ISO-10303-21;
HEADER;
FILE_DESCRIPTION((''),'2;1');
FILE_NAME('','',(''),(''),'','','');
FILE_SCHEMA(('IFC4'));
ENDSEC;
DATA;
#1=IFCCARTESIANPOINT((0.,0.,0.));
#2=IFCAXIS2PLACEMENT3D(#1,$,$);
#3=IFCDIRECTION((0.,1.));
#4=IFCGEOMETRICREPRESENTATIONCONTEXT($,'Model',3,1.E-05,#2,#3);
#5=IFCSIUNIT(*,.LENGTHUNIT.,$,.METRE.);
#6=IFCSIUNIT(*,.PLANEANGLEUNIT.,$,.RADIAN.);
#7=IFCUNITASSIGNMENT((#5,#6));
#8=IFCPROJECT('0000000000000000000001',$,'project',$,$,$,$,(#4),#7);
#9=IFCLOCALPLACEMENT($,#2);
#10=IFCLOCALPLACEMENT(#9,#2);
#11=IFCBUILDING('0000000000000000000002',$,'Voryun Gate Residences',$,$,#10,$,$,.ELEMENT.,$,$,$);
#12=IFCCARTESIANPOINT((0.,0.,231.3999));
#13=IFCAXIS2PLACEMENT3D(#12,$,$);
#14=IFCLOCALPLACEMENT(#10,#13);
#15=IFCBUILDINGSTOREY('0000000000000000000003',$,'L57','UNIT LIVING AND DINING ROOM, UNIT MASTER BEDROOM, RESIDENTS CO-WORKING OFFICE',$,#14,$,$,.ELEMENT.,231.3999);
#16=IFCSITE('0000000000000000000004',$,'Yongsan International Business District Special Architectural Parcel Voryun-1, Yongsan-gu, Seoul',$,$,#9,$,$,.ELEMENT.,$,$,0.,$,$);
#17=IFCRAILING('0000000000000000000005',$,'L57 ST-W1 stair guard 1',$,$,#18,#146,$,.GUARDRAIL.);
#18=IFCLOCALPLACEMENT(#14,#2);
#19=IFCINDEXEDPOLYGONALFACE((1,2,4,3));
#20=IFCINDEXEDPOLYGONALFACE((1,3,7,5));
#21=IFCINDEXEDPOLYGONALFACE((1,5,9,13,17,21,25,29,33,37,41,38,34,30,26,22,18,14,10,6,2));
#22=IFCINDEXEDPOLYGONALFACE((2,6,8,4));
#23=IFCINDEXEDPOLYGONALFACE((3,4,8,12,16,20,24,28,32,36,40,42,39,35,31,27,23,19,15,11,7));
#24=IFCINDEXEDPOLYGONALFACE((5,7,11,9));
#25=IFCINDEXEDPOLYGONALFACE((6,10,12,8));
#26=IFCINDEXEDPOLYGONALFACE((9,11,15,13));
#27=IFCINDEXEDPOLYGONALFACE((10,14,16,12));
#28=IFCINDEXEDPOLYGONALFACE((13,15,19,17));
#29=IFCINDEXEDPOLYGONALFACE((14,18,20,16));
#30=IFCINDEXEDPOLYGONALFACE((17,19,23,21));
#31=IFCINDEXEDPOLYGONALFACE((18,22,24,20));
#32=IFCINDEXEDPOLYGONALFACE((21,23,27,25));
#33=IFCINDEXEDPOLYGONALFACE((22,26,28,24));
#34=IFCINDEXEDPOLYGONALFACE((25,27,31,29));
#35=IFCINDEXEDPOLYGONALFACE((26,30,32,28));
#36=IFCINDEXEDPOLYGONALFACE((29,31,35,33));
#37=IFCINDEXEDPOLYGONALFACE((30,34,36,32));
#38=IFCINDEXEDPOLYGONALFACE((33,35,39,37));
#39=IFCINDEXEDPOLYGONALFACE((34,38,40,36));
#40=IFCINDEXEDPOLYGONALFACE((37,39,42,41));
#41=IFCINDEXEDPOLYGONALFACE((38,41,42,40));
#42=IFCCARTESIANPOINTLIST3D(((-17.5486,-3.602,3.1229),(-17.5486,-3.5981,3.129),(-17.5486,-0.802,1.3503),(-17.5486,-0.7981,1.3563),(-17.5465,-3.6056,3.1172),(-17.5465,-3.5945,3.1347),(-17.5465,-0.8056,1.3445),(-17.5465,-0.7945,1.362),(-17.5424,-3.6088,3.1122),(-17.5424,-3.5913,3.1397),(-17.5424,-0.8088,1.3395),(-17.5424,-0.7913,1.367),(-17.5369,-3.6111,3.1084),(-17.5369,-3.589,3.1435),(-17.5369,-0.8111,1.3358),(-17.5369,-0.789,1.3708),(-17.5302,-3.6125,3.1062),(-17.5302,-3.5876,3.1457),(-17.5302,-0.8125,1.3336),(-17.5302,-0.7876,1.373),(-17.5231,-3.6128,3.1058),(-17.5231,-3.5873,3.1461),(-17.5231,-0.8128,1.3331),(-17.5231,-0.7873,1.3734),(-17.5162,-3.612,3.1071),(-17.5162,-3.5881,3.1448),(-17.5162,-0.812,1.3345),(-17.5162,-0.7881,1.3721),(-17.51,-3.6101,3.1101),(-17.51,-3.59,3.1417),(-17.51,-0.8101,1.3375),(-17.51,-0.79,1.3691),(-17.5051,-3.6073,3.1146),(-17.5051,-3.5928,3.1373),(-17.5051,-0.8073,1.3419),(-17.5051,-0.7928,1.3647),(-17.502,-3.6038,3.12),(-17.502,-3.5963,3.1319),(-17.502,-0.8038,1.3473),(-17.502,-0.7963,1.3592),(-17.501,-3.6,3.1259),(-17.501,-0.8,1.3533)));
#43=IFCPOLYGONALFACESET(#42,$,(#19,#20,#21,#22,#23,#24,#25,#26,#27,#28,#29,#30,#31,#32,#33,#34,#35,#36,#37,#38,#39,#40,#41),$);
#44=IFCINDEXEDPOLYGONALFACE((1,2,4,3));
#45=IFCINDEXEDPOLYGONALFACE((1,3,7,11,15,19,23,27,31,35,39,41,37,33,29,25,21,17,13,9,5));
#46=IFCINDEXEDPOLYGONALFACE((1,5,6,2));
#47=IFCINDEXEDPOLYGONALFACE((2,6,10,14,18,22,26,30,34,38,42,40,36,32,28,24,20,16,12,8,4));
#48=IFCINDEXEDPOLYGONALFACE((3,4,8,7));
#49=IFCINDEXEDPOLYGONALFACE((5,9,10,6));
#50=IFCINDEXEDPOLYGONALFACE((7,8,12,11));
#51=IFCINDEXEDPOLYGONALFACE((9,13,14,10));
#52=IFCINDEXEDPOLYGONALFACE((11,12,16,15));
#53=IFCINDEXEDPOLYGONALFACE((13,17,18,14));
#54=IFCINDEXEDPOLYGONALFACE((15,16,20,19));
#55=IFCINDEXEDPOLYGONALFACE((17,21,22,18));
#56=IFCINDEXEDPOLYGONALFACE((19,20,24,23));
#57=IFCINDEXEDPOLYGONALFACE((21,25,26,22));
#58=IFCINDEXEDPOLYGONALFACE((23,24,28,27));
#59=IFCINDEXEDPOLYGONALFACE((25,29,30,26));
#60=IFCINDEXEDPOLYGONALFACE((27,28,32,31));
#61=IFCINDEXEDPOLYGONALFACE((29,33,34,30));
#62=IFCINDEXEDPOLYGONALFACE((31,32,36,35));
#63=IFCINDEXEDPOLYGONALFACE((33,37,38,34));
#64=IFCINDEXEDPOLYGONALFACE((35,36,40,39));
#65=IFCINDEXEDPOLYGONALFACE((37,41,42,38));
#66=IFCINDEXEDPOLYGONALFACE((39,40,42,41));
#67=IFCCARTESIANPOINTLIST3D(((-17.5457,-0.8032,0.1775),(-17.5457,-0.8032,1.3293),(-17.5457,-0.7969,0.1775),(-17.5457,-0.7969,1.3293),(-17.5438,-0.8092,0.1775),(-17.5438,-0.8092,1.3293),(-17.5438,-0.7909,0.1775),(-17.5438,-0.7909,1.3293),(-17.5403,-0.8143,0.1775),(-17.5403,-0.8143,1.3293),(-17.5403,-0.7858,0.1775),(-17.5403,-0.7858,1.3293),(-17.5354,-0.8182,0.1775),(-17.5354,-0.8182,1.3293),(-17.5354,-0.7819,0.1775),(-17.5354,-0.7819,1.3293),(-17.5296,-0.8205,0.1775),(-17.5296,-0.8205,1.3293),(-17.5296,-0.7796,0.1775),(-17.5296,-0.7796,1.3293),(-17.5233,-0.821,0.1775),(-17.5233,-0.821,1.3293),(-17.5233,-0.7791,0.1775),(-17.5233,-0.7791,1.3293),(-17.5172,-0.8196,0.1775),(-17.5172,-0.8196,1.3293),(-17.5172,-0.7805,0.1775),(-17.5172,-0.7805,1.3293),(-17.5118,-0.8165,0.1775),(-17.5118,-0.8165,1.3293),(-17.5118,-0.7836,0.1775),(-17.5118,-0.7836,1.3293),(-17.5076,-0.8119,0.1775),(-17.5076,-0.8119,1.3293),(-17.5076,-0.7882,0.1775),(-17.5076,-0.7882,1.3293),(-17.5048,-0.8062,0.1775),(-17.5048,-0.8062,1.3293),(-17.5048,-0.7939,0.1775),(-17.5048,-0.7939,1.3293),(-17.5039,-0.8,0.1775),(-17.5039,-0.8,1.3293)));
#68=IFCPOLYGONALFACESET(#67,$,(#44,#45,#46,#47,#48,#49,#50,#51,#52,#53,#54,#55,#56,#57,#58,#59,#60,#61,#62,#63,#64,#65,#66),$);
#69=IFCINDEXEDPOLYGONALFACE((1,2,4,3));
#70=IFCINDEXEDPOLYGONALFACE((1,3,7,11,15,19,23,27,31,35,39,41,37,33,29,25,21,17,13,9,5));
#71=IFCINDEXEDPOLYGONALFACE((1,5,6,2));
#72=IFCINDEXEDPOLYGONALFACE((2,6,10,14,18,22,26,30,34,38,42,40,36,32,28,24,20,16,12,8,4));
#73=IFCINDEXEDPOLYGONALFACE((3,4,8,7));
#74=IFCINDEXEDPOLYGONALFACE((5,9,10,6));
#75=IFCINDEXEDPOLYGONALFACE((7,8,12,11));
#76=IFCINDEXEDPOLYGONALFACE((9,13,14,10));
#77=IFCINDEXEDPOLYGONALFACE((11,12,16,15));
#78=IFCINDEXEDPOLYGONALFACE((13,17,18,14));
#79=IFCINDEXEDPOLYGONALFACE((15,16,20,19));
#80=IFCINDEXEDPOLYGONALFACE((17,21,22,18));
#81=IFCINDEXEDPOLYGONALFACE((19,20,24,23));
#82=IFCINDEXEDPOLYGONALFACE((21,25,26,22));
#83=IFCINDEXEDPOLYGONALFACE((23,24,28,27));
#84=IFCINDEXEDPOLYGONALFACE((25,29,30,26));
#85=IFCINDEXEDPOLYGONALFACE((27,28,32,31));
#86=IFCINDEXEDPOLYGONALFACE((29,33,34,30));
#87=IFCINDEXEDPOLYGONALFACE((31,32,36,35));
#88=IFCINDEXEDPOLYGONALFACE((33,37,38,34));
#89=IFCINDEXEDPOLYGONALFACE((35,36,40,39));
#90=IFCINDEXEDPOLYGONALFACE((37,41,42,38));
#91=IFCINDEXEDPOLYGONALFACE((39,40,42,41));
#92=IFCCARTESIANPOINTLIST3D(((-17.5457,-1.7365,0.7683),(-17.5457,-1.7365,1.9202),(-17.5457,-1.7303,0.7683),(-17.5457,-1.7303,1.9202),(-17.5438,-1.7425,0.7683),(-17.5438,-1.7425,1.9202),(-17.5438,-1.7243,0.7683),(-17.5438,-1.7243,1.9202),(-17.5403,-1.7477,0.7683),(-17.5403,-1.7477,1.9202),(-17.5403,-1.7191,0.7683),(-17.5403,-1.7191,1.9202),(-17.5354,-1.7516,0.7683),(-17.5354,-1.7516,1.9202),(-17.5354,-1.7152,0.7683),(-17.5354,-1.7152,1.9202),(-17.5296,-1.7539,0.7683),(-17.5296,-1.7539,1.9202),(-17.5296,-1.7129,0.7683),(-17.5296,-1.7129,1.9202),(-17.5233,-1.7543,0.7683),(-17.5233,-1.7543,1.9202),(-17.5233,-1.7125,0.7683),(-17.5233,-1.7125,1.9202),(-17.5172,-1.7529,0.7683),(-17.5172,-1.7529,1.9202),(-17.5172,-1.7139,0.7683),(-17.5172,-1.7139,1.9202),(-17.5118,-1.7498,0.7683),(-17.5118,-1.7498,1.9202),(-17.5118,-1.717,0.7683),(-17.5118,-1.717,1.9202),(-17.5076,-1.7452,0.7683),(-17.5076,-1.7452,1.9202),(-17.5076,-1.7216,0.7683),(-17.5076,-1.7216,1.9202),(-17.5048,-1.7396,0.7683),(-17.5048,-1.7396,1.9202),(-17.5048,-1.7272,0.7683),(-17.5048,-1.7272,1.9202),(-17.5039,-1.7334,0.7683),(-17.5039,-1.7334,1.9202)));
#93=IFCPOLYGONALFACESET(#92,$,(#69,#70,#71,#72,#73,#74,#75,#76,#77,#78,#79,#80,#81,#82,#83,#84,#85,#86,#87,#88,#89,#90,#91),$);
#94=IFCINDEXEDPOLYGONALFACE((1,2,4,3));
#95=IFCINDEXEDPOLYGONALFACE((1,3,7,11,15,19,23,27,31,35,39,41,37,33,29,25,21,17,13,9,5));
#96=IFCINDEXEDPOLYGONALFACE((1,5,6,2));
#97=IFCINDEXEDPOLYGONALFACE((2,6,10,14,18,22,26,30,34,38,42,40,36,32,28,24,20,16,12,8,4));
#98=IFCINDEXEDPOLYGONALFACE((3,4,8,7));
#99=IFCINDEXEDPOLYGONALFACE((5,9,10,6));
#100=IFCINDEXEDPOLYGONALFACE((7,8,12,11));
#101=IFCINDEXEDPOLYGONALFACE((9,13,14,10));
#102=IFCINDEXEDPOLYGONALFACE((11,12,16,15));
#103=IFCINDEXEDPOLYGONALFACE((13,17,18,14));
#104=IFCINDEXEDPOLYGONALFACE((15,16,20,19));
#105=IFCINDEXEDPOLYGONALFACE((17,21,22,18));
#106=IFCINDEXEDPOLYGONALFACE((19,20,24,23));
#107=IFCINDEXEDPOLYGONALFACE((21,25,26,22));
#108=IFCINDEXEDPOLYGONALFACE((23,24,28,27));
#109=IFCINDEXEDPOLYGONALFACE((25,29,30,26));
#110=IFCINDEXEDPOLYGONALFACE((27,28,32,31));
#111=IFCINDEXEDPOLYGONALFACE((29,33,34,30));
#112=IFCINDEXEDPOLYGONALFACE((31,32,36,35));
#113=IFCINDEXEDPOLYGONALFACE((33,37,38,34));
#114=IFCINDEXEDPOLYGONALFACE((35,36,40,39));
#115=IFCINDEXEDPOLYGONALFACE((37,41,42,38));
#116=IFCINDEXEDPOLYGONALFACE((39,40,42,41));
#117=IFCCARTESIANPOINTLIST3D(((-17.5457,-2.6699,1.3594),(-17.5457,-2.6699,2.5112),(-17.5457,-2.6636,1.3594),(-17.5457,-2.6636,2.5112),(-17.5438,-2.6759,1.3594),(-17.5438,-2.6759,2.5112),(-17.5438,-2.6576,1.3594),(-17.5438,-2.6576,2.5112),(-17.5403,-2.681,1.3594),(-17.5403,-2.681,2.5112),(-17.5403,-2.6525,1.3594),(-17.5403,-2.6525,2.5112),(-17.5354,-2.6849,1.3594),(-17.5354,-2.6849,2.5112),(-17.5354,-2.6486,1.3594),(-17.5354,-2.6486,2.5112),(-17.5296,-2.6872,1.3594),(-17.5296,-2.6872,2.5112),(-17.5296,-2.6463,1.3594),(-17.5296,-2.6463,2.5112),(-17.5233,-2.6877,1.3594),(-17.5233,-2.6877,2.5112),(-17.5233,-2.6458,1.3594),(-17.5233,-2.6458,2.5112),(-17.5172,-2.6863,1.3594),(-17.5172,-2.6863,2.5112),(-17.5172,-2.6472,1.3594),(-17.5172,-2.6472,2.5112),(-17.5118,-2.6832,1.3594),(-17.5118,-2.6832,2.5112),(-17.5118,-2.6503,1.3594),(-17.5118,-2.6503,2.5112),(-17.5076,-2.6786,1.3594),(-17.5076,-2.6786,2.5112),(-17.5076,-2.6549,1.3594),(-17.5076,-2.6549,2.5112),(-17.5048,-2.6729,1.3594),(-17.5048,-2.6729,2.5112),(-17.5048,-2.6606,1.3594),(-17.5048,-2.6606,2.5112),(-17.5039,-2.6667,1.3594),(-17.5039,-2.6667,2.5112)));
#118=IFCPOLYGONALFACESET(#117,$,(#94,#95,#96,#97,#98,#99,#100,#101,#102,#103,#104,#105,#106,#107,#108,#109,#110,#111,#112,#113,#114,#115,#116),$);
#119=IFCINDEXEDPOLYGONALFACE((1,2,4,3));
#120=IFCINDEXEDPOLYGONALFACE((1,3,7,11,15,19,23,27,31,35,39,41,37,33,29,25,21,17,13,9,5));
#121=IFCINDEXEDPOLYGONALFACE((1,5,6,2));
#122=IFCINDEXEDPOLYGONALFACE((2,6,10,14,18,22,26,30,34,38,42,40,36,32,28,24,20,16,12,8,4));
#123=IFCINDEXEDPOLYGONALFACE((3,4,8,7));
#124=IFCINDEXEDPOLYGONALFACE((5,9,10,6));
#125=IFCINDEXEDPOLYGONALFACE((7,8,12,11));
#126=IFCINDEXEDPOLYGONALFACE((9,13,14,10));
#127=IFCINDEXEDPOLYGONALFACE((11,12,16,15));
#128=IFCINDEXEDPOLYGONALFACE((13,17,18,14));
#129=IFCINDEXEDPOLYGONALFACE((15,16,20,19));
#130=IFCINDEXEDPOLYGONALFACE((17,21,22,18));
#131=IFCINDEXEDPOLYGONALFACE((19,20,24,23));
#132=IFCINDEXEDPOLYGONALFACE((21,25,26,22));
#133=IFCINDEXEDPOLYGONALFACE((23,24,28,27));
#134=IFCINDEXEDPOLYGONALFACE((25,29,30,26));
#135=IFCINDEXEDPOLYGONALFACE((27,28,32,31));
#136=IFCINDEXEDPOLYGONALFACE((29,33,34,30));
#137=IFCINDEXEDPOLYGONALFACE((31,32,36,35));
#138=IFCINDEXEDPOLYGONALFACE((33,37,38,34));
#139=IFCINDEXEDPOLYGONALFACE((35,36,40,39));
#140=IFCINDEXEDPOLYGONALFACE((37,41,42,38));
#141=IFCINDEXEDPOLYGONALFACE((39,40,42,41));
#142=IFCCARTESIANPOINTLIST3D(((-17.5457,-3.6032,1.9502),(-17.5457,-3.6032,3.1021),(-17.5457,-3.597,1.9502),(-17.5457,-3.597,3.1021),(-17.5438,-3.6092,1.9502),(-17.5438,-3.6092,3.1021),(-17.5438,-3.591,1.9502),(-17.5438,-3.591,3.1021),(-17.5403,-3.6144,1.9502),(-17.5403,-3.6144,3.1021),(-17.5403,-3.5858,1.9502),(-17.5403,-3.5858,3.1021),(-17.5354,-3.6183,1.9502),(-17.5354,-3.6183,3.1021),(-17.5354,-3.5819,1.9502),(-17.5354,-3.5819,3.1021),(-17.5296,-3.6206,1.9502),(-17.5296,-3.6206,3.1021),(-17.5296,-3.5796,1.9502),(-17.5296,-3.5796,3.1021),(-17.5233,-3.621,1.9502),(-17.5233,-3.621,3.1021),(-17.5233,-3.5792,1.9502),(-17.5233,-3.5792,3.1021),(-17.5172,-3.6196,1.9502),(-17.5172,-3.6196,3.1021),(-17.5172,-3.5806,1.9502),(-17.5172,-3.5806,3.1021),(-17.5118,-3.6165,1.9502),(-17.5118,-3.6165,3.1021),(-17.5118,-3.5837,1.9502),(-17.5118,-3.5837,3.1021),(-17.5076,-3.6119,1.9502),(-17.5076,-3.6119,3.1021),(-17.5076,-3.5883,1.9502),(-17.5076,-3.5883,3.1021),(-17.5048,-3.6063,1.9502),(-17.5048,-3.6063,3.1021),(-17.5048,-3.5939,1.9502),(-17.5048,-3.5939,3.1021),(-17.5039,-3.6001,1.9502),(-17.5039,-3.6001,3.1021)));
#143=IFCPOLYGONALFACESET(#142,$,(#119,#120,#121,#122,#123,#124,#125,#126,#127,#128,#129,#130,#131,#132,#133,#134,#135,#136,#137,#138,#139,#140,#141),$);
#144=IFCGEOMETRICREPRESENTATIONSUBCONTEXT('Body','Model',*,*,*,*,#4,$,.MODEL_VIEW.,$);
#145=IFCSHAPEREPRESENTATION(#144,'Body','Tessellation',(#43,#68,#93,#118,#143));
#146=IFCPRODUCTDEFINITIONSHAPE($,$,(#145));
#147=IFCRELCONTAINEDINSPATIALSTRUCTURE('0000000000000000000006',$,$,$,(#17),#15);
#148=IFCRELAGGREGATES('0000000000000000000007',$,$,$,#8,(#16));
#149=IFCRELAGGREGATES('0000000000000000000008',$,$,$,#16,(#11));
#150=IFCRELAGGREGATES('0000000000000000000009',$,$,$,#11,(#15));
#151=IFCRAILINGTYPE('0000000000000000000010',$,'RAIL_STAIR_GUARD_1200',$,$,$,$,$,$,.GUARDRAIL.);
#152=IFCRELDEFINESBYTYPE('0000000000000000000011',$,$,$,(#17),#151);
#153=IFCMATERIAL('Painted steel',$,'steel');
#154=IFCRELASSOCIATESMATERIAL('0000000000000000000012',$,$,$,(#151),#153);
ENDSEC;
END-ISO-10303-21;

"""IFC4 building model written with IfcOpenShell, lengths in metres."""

from ifc_helpers import new_model, si_unit, direction, frame, origin, origin_2d, place, context, subcontext, project, spatial, circle, extrude, material, type_object, element, save


model = new_model("IFC4")

# Units and contexts
model_context = context("Model", 3, precision=1e-05, world=origin(), true_north=direction((0.0, 1.0)))
body_context = subcontext(model_context, "Body", "Model", "MODEL_VIEW")
ifc_project = project(units=[si_unit("LENGTHUNIT", "METRE"), si_unit("PLANEANGLEUNIT", "RADIAN")], contexts=[model_context])

# Site, building, storey
site_placement = place(None, origin())
site = spatial("IfcSite", under=ifc_project, at=site_placement, Name="Yongsan International Business District Special Architectural Parcel Voryun-1, Yongsan-gu, Seoul", CompositionType="ELEMENT", RefElevation=0.0)
building_placement = place(site_placement, origin())
building = spatial("IfcBuilding", under=site, at=building_placement, Name="Voryun Gate Residences", CompositionType="ELEMENT")
storey_placement = place(building_placement, frame((0.0, 0.0, 231.3999)))
storey = spatial("IfcBuildingStorey", under=building, at=storey_placement, Name="L57", Description="UNIT LIVING AND DINING ROOM, UNIT MASTER BEDROOM, RESIDENTS CO-WORKING OFFICE", CompositionType="ELEMENT", Elevation=231.3999)

# Railing
ifc_material_1 = material(Name="Painted steel", Category="steel")
railing_type_1 = type_object("IfcRailingType", Name="RAIL_STAIR_GUARD_1200", PredefinedType="GUARDRAIL", material=ifc_material_1)
railing_1_placement = place(storey_placement, frame((-17.5249, -0.8, 0.1775)))
element("IfcRailing", 1, at=railing_1_placement, inside=storey, type_object=railing_type_1, Name="L57 ST-W1 stair guard 1", PredefinedType="GUARDRAIL", context=body_context, shape_type="SweptSolid", body=[
    extrude(circle(Radius=0.0239, at=origin_2d()), frame((0.0, 0.0, 1.1758), z_axis=(0.0, -0.844909, 0.53491), x_axis=(1.0, 0.0, 0.0)), (0.0, 0.0, 1.0), 3.314),
    extrude(circle(Radius=0.021, at=origin_2d()), origin(), (0.0, 0.0, 1.0), 1.1519),
    extrude(circle(Radius=0.021, at=origin_2d()), frame((0.0, -0.9333, 0.5908)), (0.0, 0.0, 1.0), 1.1519),
    extrude(circle(Radius=0.021, at=origin_2d()), frame((0.0, -1.8667, 1.1819)), (0.0, 0.0, 1.0), 1.1519),
    extrude(circle(Radius=0.021, at=origin_2d()), frame((0.0, -2.8, 1.7727)), (0.0, 0.0, 1.0), 1.1519),
])

save(model, "model.ifc")
